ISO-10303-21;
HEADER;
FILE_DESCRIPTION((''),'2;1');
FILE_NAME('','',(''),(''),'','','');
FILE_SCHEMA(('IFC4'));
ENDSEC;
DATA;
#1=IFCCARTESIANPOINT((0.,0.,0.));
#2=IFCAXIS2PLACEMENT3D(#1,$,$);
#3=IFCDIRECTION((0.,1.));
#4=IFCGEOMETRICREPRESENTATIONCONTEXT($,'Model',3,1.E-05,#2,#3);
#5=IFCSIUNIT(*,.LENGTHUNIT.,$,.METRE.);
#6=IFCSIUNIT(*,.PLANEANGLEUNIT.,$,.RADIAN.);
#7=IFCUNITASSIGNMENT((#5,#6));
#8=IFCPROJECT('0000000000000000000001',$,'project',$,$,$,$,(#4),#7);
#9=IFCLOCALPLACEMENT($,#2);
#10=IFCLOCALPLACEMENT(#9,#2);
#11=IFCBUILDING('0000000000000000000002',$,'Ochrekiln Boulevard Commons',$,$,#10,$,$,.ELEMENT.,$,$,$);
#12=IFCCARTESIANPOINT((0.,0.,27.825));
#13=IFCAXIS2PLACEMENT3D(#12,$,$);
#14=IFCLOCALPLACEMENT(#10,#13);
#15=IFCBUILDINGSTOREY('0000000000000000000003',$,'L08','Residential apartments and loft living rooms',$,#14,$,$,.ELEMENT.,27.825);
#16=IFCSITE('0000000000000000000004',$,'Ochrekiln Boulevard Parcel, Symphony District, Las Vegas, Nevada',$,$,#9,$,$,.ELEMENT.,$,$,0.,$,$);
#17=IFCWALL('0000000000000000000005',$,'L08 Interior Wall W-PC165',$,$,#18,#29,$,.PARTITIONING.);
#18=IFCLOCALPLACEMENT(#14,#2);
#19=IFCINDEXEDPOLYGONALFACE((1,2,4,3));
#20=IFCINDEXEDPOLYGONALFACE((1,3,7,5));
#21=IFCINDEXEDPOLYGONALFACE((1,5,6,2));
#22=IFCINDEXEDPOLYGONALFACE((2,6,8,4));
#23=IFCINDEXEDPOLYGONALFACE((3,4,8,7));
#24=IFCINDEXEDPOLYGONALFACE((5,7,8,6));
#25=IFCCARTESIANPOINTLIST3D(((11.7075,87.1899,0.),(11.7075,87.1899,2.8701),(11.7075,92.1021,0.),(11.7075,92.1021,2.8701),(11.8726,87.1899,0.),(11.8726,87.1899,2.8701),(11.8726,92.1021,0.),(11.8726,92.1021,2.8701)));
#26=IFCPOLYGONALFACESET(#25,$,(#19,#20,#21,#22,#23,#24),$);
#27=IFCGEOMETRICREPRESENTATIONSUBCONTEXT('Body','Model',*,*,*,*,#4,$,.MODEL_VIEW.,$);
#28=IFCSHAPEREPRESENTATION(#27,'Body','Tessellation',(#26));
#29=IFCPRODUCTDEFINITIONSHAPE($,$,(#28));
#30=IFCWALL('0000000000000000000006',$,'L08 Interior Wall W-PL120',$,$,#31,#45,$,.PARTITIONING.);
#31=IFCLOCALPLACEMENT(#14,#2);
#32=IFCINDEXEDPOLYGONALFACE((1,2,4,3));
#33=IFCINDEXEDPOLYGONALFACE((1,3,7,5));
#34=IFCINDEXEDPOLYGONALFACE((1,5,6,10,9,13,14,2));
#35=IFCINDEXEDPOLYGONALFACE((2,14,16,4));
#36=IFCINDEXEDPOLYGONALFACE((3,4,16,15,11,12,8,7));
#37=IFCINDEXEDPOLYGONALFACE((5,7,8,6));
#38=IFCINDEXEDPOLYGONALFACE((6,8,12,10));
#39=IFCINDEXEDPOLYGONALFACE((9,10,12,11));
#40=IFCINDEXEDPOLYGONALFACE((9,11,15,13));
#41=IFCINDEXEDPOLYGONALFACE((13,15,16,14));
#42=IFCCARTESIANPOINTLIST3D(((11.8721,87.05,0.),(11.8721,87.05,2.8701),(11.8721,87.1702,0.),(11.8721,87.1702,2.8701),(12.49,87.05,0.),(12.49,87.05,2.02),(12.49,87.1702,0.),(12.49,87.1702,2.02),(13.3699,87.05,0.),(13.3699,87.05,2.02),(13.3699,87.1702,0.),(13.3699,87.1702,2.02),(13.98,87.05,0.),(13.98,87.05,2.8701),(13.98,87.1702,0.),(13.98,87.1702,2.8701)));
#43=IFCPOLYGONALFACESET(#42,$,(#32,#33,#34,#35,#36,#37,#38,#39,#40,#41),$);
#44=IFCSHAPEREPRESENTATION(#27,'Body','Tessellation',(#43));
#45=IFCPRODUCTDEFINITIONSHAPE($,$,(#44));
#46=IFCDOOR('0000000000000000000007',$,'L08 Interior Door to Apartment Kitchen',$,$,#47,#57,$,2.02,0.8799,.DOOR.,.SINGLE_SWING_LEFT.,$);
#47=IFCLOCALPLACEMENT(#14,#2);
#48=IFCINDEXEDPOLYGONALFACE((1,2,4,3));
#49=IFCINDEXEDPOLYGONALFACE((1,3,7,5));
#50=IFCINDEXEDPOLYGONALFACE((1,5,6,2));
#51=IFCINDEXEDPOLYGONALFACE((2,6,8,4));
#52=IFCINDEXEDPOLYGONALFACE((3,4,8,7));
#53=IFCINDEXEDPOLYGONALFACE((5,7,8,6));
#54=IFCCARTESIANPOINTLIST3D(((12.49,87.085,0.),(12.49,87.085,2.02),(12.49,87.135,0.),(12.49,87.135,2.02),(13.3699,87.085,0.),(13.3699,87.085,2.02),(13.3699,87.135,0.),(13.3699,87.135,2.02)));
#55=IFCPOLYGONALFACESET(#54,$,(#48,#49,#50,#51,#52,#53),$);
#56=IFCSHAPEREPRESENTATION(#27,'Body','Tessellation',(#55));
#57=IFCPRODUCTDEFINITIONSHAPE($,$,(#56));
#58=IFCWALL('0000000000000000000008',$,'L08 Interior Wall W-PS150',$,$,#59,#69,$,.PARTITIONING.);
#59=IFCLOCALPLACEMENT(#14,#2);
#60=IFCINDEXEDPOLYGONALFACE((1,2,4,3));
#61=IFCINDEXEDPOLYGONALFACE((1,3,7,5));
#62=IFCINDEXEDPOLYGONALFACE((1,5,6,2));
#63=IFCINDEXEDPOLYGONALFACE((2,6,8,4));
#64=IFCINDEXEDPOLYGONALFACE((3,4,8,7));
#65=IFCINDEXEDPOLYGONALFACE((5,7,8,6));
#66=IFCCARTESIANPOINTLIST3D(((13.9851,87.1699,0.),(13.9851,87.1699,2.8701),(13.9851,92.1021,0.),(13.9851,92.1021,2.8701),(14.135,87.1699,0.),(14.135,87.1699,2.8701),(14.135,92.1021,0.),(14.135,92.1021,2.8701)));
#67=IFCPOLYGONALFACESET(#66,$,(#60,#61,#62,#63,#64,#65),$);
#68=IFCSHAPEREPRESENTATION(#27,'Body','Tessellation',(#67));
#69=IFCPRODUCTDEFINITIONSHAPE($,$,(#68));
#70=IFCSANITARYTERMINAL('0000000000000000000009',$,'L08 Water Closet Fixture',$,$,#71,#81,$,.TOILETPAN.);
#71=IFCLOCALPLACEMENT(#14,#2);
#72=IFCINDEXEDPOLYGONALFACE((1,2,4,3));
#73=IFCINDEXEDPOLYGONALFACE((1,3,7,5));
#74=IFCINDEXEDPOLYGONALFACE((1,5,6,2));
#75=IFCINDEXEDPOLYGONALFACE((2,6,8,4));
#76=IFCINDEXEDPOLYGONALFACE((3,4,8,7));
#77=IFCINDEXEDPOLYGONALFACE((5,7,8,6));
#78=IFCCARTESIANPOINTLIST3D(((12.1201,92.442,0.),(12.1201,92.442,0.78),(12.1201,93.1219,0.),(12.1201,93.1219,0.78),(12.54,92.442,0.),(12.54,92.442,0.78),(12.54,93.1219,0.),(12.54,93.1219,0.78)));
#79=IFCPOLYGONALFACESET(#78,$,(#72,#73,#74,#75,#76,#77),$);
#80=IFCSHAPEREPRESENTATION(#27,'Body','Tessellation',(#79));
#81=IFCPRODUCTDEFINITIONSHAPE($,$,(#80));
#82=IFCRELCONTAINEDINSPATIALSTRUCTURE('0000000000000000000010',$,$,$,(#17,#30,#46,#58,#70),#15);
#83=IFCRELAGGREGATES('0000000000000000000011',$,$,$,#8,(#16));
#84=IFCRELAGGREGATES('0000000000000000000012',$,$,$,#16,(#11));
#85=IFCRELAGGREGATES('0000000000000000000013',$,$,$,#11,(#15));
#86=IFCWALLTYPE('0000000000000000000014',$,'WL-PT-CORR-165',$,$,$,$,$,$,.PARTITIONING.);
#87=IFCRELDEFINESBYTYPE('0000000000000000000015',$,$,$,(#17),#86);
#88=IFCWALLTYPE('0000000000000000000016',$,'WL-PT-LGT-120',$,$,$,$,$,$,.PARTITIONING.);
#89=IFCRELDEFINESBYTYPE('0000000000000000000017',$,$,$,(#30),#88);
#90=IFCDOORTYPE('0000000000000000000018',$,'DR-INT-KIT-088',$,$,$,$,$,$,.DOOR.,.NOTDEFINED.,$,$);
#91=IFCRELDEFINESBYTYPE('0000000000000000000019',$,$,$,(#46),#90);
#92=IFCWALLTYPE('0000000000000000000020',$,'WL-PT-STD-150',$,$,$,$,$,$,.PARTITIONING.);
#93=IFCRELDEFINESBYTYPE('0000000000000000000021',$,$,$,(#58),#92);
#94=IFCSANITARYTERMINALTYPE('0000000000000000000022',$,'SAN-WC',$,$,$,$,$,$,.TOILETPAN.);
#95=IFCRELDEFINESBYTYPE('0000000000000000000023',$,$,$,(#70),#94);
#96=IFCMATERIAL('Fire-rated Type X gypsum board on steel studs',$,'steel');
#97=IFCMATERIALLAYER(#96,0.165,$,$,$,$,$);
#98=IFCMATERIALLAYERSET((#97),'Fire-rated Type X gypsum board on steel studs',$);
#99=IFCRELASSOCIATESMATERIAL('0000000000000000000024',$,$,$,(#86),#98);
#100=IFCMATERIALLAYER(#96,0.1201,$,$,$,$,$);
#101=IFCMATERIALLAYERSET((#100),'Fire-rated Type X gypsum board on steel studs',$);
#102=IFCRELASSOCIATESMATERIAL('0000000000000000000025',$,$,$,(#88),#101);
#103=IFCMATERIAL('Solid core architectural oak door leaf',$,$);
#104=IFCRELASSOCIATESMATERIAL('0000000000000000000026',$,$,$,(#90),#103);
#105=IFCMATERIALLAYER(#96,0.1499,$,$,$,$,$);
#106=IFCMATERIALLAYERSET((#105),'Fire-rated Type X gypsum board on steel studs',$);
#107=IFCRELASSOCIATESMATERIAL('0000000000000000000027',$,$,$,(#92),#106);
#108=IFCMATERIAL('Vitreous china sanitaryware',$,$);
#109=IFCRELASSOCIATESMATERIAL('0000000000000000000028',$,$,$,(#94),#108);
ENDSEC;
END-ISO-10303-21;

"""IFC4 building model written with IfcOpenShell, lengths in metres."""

from ifc_helpers import new_model, si_unit, direction, frame, frame_2d, origin, origin_2d, place, context, subcontext, project, spatial, rectangle, extrude, material, layer, layer_set, type_object, element, fill, save


model = new_model("IFC4")

# Units and contexts
model_context = context("Model", 3, precision=1e-05, world=origin(), true_north=direction((0.0, 1.0)))
body_context = subcontext(model_context, "Body", "Model", "MODEL_VIEW")
ifc_project = project(units=[si_unit("LENGTHUNIT", "METRE"), si_unit("PLANEANGLEUNIT", "RADIAN")], contexts=[model_context])

# Site, building, storey
site_placement = place(None, origin())
site = spatial("IfcSite", under=ifc_project, at=site_placement, Name="Ochrekiln Boulevard Parcel, Symphony District, Las Vegas, Nevada", CompositionType="ELEMENT", RefElevation=0.0)
building_placement = place(site_placement, origin())
building = spatial("IfcBuilding", under=site, at=building_placement, Name="Ochrekiln Boulevard Commons", CompositionType="ELEMENT")
storey_placement = place(building_placement, frame((0.0, 0.0, 27.825)))
storey = spatial("IfcBuildingStorey", under=building, at=storey_placement, Name="L08", Description="Residential apartments and loft living rooms", CompositionType="ELEMENT", Elevation=27.825)

# Shared definitions
ifc_material_1 = material(Name="Solid core architectural oak door leaf")

# Shared definitions
ifc_material_2 = material(Name="Fire-rated Type X gypsum board on steel studs", Category="steel")
ifc_layer_1 = layer(ifc_material_2, 0.165)
ifc_layer_set_1 = layer_set([ifc_layer_1], Name="Fire-rated Type X gypsum board on steel studs")
wall_type_1 = type_object("IfcWallType", Name="WL-PT-CORR-165", PredefinedType="PARTITIONING", material=ifc_layer_set_1)

# Wall
wall_1_placement = place(storey_placement, frame((11.79, 87.1899, 0.0), z_axis=(0.0, 0.0, 1.0), x_axis=(0.0, 1.0, 0.0)))
element("IfcWall", 1, at=wall_1_placement, inside=storey, type_object=wall_type_1, Name="L08 Interior Wall W-PC165", PredefinedType="PARTITIONING", context=body_context, shape_type="SweptSolid", body=[
    extrude(rectangle(XDim=4.9121, YDim=0.165, at=frame_2d((2.4561, 0.0))), origin(), (0.0, 0.0, 1.0), 2.8701),
])

# Wall, opening, door
ifc_layer_2 = layer(ifc_material_2, 0.1201)
ifc_layer_set_2 = layer_set([ifc_layer_2], Name="Fire-rated Type X gypsum board on steel studs")
wall_type_2 = type_object("IfcWallType", Name="WL-PT-LGT-120", PredefinedType="PARTITIONING", material=ifc_layer_set_2)
wall_2_placement = place(storey_placement, frame((11.8721, 87.1101, 0.0), z_axis=(0.0, 0.0, 1.0), x_axis=(1.0, 0.0, 0.0)))
wall_2 = element("IfcWall", 2, at=wall_2_placement, inside=storey, type_object=wall_type_2, Name="L08 Interior Wall W-PL120", PredefinedType="PARTITIONING", context=body_context, shape_type="SweptSolid", body=[
    extrude(rectangle(XDim=2.1079, YDim=0.1201, at=frame_2d((1.054, 0.0))), origin(), (0.0, 0.0, 1.0), 2.8701),
])
opening_1_placement = place(wall_2_placement, frame((0.6179, 0.0, 0.0)))
opening_1 = element("IfcOpeningElement", 3, at=opening_1_placement, cuts=wall_2, PredefinedType="OPENING", context=body_context, shape_type="SweptSolid", body=[
    extrude(rectangle(XDim=0.8799, YDim=2.02, at=frame_2d((0.4399, 1.01))), frame((0.0, 0.0701, 0.0), z_axis=(0.0, -1.0, 0.0), x_axis=(1.0, 0.0, 0.0)), (0.0, 0.0, 1.0), 0.1401),
])
door_type_1 = type_object("IfcDoorType", Name="DR-INT-KIT-088", OperationType="NOTDEFINED", PredefinedType="DOOR", material=ifc_material_1)
door_1_placement = place(opening_1_placement, origin())
door_1 = element("IfcDoor", 4, at=door_1_placement, inside=storey, type_object=door_type_1, Name="L08 Interior Door to Apartment Kitchen", OperationType="SINGLE_SWING_LEFT", OverallHeight=2.02, OverallWidth=0.8799, PredefinedType="DOOR", context=body_context, shape_type="SweptSolid", body=[
    extrude(rectangle(XDim=0.8799, YDim=2.02, at=frame_2d((0.4399, 1.01))), frame((0.0, 0.0249, 0.0), z_axis=(0.0, -1.0, 0.0), x_axis=(1.0, 0.0, 0.0)), (0.0, 0.0, 1.0), 0.05),
])
fill(opening_1, door_1)

# Wall
ifc_layer_3 = layer(ifc_material_2, 0.1499)
ifc_layer_set_3 = layer_set([ifc_layer_3], Name="Fire-rated Type X gypsum board on steel studs")
wall_type_3 = type_object("IfcWallType", Name="WL-PT-STD-150", PredefinedType="PARTITIONING", material=ifc_layer_set_3)
wall_3_placement = place(storey_placement, frame((14.0601, 87.1699, 0.0), z_axis=(0.0, 0.0, 1.0), x_axis=(0.0, 1.0, 0.0)))
element("IfcWall", 5, at=wall_3_placement, inside=storey, type_object=wall_type_3, Name="L08 Interior Wall W-PS150", PredefinedType="PARTITIONING", context=body_context, shape_type="SweptSolid", body=[
    extrude(rectangle(XDim=4.9321, YDim=0.1499, at=frame_2d((2.4661, 0.0))), origin(), (0.0, 0.0, 1.0), 2.8701),
])

# Sanitary terminal
ifc_material_3 = material(Name="Vitreous china sanitaryware")
sanitary_terminal_type = type_object("IfcSanitaryTerminalType", Name="SAN-WC", PredefinedType="TOILETPAN", material=ifc_material_3)
sanitary_terminal_placement = place(storey_placement, frame((12.3301, 92.782, 0.0), z_axis=(0.0, 0.0, 1.0), x_axis=(1.0, 0.0, 0.0)))
element("IfcSanitaryTerminal", 6, at=sanitary_terminal_placement, inside=storey, type_object=sanitary_terminal_type, Name="L08 Water Closet Fixture", PredefinedType="TOILETPAN", context=body_context, shape_type="SweptSolid", body=[
    extrude(rectangle(XDim=0.4199, YDim=0.6799, at=origin_2d()), origin(), (0.0, 0.0, 1.0), 0.78),
])

save(model, "model.ifc")
